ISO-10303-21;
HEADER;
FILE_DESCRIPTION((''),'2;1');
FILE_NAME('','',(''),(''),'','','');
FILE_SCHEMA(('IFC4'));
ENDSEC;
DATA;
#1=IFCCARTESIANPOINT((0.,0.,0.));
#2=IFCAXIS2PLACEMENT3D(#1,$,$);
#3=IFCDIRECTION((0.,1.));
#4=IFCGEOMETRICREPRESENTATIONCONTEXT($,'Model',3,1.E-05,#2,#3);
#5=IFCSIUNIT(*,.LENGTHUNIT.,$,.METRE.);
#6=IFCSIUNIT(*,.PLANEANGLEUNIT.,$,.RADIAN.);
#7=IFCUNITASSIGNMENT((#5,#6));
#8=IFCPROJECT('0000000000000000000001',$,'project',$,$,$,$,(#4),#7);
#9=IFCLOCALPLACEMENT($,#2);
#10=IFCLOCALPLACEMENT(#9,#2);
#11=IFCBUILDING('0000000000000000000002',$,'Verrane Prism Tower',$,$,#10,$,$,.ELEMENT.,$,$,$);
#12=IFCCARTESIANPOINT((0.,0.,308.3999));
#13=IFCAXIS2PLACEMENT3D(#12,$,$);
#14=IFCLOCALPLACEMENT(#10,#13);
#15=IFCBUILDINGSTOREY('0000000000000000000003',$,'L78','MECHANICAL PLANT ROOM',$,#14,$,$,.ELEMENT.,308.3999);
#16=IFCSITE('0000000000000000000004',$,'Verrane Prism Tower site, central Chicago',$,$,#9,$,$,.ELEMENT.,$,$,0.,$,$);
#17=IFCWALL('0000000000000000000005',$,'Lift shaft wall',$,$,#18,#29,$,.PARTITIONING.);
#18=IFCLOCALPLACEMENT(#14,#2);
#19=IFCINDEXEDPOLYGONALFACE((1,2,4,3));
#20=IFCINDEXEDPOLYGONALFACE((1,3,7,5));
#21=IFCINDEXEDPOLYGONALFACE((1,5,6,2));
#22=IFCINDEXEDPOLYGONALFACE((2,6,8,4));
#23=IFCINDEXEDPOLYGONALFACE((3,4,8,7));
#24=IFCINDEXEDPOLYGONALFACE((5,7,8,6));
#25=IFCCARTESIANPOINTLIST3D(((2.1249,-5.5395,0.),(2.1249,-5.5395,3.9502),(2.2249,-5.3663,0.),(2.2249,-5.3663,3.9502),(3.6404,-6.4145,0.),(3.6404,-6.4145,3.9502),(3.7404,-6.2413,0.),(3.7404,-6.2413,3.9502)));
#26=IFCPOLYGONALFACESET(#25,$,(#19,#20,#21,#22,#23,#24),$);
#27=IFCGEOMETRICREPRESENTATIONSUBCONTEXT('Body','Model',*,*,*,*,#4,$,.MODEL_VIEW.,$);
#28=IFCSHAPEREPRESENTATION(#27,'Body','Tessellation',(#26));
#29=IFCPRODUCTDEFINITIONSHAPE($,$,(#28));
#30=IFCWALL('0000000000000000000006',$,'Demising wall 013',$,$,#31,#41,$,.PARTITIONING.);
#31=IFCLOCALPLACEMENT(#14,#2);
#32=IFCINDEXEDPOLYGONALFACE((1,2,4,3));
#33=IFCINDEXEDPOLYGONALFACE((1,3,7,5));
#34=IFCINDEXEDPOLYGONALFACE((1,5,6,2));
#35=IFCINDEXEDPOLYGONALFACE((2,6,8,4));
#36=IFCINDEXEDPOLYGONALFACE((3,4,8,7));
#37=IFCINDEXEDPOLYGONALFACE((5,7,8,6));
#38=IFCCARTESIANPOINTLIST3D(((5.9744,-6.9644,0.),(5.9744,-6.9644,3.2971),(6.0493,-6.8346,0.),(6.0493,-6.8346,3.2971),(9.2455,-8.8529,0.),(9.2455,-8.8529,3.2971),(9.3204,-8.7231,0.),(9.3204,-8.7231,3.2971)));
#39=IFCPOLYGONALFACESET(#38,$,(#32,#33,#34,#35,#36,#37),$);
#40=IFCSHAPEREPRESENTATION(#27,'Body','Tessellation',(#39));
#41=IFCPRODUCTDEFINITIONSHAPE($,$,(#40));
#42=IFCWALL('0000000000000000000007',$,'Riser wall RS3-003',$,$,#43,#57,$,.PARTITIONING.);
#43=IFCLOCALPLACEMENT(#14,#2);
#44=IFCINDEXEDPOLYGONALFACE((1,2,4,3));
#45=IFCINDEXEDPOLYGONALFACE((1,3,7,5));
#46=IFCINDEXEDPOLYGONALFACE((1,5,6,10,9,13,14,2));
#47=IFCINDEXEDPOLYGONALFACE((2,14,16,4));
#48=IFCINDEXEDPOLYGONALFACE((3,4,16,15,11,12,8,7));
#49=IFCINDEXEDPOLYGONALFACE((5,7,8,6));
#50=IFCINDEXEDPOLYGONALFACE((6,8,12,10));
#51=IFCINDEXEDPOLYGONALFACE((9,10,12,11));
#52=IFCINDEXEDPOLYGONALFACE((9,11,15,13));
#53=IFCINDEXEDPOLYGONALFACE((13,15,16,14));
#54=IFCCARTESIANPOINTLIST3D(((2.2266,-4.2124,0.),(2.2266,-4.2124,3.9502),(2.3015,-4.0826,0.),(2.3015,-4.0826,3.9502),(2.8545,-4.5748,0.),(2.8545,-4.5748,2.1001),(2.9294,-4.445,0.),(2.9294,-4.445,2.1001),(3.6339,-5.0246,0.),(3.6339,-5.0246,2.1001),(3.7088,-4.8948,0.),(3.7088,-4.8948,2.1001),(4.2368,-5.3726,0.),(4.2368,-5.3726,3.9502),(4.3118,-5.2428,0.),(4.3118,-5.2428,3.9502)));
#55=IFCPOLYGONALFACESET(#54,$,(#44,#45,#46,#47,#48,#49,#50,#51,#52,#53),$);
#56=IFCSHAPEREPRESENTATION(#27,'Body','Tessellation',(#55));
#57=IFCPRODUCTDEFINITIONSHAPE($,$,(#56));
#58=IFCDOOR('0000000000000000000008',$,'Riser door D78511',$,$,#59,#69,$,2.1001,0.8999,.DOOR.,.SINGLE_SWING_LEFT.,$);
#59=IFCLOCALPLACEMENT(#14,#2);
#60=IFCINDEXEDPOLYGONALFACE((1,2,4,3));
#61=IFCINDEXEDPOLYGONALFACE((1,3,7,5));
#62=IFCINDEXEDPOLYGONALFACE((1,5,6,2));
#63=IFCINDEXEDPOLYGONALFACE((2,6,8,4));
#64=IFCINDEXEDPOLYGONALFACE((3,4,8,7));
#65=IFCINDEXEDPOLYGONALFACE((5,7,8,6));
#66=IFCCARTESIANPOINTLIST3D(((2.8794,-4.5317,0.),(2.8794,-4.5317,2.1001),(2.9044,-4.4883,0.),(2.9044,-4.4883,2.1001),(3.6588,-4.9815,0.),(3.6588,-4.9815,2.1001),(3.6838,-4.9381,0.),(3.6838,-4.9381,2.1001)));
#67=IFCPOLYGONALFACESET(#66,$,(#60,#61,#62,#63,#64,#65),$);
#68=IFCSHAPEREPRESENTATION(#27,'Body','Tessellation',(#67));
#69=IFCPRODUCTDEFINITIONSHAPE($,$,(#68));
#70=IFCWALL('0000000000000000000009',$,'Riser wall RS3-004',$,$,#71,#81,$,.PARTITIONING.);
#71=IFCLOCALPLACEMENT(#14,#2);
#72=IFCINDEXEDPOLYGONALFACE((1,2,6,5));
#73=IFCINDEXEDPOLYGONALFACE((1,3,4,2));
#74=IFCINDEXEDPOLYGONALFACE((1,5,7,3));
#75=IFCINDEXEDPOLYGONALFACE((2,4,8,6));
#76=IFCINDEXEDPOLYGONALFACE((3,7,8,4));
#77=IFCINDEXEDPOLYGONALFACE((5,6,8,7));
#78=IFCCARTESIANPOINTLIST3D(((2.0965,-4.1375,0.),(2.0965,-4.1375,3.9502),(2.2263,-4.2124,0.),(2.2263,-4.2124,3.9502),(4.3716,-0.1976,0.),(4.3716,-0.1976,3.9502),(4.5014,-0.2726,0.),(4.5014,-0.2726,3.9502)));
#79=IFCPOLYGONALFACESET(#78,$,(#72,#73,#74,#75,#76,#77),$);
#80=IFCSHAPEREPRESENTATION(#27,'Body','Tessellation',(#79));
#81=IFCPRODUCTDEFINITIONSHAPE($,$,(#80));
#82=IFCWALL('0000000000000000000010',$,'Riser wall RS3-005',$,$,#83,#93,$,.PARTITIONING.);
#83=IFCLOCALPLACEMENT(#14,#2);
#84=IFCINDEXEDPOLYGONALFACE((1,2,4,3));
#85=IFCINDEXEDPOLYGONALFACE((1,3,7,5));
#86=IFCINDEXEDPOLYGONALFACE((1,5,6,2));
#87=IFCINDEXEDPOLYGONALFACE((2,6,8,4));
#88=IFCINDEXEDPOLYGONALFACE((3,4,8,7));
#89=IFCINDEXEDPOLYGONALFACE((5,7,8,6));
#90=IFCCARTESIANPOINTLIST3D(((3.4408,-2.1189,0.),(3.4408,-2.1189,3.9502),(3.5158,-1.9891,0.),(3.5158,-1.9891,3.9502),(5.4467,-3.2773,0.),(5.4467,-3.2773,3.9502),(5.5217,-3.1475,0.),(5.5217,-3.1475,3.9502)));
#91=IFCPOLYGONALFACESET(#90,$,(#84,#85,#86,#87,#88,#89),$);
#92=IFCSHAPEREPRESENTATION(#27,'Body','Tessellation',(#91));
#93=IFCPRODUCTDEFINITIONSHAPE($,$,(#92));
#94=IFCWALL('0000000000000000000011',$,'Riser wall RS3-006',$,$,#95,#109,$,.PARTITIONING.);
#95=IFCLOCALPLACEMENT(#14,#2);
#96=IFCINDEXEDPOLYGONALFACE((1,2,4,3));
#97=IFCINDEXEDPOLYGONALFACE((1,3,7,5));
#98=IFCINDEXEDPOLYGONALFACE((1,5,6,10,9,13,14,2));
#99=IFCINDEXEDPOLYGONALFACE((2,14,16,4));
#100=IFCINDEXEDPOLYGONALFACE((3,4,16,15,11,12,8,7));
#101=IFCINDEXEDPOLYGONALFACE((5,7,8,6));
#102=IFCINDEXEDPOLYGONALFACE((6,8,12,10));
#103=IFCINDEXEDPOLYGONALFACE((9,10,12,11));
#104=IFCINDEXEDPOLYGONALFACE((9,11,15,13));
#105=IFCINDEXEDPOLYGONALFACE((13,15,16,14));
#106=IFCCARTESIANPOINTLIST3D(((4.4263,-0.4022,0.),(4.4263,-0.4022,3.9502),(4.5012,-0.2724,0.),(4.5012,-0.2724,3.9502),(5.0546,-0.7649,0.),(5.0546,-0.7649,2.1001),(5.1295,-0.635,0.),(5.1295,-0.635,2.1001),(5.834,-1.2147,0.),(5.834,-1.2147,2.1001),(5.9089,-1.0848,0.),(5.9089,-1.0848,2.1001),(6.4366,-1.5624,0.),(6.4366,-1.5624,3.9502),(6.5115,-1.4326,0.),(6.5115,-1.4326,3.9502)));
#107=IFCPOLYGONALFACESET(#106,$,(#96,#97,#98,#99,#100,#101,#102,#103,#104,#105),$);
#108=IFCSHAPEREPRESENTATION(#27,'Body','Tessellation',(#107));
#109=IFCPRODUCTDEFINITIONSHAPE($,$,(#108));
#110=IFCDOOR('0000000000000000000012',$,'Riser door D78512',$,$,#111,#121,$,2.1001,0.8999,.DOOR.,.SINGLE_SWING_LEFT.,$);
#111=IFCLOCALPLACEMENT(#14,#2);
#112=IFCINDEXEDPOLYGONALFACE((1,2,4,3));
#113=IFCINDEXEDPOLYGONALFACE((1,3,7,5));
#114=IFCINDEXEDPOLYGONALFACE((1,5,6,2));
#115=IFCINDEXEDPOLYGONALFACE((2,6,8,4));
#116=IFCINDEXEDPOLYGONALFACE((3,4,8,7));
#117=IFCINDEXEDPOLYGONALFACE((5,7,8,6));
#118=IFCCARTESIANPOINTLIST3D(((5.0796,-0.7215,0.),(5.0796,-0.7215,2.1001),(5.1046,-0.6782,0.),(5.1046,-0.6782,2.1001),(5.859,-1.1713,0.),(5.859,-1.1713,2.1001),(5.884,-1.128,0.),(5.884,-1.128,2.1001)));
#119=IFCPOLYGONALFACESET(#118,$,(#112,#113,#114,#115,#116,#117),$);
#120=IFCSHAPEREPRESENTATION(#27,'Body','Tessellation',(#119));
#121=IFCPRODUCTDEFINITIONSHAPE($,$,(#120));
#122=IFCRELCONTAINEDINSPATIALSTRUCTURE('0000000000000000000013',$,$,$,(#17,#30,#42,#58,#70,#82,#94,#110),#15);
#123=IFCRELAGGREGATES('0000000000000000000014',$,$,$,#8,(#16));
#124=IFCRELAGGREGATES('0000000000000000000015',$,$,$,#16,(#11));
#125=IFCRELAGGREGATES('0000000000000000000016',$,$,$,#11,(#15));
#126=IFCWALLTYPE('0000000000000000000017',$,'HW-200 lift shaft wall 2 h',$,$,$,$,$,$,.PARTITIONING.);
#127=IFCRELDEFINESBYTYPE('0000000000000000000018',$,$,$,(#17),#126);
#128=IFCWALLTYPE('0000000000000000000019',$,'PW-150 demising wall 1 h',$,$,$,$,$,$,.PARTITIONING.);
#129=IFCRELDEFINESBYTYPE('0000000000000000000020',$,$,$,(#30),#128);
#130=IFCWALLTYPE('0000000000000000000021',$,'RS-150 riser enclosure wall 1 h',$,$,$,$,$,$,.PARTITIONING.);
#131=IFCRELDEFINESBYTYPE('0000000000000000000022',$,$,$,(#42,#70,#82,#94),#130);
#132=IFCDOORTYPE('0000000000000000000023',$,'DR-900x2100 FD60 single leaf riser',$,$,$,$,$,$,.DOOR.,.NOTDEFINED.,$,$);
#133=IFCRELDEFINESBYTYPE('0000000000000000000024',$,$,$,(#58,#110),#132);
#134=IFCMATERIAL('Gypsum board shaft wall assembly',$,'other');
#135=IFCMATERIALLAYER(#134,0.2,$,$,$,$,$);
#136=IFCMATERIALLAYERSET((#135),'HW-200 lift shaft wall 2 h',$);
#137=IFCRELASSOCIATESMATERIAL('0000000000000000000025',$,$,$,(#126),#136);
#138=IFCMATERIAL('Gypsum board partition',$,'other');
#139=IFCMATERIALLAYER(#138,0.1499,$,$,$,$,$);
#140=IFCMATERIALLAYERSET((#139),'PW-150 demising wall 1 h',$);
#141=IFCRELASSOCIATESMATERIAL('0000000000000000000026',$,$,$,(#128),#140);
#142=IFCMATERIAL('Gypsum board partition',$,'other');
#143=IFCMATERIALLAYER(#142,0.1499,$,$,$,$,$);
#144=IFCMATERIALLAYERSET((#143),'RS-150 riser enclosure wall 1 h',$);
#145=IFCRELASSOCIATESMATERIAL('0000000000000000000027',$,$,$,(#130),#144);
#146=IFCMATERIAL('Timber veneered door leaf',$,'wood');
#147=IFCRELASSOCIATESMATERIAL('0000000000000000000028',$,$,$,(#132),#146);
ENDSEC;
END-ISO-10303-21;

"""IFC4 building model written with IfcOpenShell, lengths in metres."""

from ifc_helpers import new_model, si_unit, direction, frame, frame_2d, origin, place, context, subcontext, project, spatial, rectangle, extrude, material, layer, layer_set, type_object, element, fill, save


model = new_model("IFC4")

# Units and contexts
model_context = context("Model", 3, precision=1e-05, world=origin(), true_north=direction((0.0, 1.0)))
body_context = subcontext(model_context, "Body", "Model", "MODEL_VIEW")
ifc_project = project(units=[si_unit("LENGTHUNIT", "METRE"), si_unit("PLANEANGLEUNIT", "RADIAN")], contexts=[model_context])

# Site, building, storey
site_placement = place(None, origin())
site = spatial("IfcSite", under=ifc_project, at=site_placement, Name="Verrane Prism Tower site, central Chicago", CompositionType="ELEMENT", RefElevation=0.0)
building_placement = place(site_placement, origin())
building = spatial("IfcBuilding", under=site, at=building_placement, Name="Verrane Prism Tower", CompositionType="ELEMENT")
storey_placement = place(building_placement, frame((0.0, 0.0, 308.3999)))
storey = spatial("IfcBuildingStorey", under=building, at=storey_placement, Name="L78", Description="MECHANICAL PLANT ROOM", CompositionType="ELEMENT", Elevation=308.3999)

# Walls
ifc_material_1 = material(Name="Gypsum board shaft wall assembly", Category="other")
ifc_layer_1 = layer(ifc_material_1, 0.2)
ifc_layer_set_1 = layer_set([ifc_layer_1], Name="HW-200 lift shaft wall 2 h")
wall_type_1 = type_object("IfcWallType", Name="HW-200 lift shaft wall 2 h", PredefinedType="PARTITIONING", material=ifc_layer_set_1)
wall_1_placement = place(storey_placement, frame((3.6904, -6.3279, 0.0), z_axis=(0.0, 0.0, 1.0), x_axis=(-0.866037, 0.49998, 0.0)))
element("IfcWall", 1, at=wall_1_placement, inside=storey, type_object=wall_type_1, Name="Lift shaft wall", PredefinedType="PARTITIONING", context=body_context, shape_type="SweptSolid", body=[
    extrude(rectangle(XDim=1.75, YDim=0.2, at=frame_2d((0.875, 0.0))), origin(), (0.0, 0.0, 1.0), 3.9502),
])
ifc_material_2 = material(Name="Gypsum board partition", Category="other")
ifc_layer_2 = layer(ifc_material_2, 0.1499)
ifc_layer_set_2 = layer_set([ifc_layer_2], Name="PW-150 demising wall 1 h")
wall_type_2 = type_object("IfcWallType", Name="PW-150 demising wall 1 h", PredefinedType="PARTITIONING", material=ifc_layer_set_2)
wall_2_placement = place(storey_placement, frame((6.0117, -6.8994, 0.0), z_axis=(0.0, 0.0, 1.0), x_axis=(0.866035, -0.499984, 0.0)))
element("IfcWall", 2, at=wall_2_placement, inside=storey, type_object=wall_type_2, Name="Demising wall 013", PredefinedType="PARTITIONING", context=body_context, shape_type="SweptSolid", body=[
    extrude(rectangle(XDim=3.7771, YDim=0.1499, at=frame_2d((1.8887, 0.0))), origin(), (0.0, 0.0, 1.0), 3.2971),
])

# Wall, opening, door
ifc_material_3 = material(Name="Gypsum board partition", Category="other")
ifc_layer_3 = layer(ifc_material_3, 0.1499)
ifc_layer_set_3 = layer_set([ifc_layer_3], Name="RS-150 riser enclosure wall 1 h")
wall_type_3 = type_object("IfcWallType", Name="RS-150 riser enclosure wall 1 h", PredefinedType="PARTITIONING", material=ifc_layer_set_3)
wall_3_placement = place(storey_placement, frame((2.2639, -4.1475, 0.0), z_axis=(0.0, 0.0, 1.0), x_axis=(0.866112, -0.49985, 0.0)))
wall_3 = element("IfcWall", 3, at=wall_3_placement, inside=storey, type_object=wall_type_3, Name="Riser wall RS3-003", PredefinedType="PARTITIONING", context=body_context, shape_type="SweptSolid", body=[
    extrude(rectangle(XDim=2.321, YDim=0.1499, at=frame_2d((1.1606, 0.0))), origin(), (0.0, 0.0, 1.0), 3.9502),
])
opening_1_placement = place(wall_3_placement, frame((0.7251, 0.0, 0.0)))
opening_1 = element("IfcOpeningElement", 4, at=opening_1_placement, cuts=wall_3, PredefinedType="OPENING", context=body_context, shape_type="SweptSolid", body=[
    extrude(rectangle(XDim=0.8999, YDim=2.1001, at=frame_2d((0.45, 1.05))), frame((0.0, 0.085, 0.0), z_axis=(0.0, -1.0, 0.0), x_axis=(1.0, 0.0, 0.0)), (0.0, 0.0, 1.0), 0.1699),
])
ifc_material_4 = material(Name="Timber veneered door leaf", Category="wood")
door_type = type_object("IfcDoorType", Name="DR-900x2100 FD60 single leaf riser", OperationType="NOTDEFINED", PredefinedType="DOOR", material=ifc_material_4)
door_1_placement = place(opening_1_placement, origin())
door_1 = element("IfcDoor", 5, at=door_1_placement, inside=storey, type_object=door_type, Name="Riser door D78511", OperationType="SINGLE_SWING_LEFT", OverallHeight=2.1001, OverallWidth=0.8999, PredefinedType="DOOR", context=body_context, shape_type="SweptSolid", body=[
    extrude(rectangle(XDim=0.8999, YDim=2.1001, at=frame_2d((0.45, 1.05))), frame((0.0, 0.0249, 0.0), z_axis=(0.0, -1.0, 0.0), x_axis=(1.0, 0.0, 0.0)), (0.0, 0.0, 1.0), 0.05),
])
fill(opening_1, door_1)

# Walls
wall_4_placement = place(storey_placement, frame((2.1614, -4.175, 0.0), z_axis=(0.0, 0.0, 1.0), x_axis=(0.500069, 0.865985, 0.0)))
element("IfcWall", 6, at=wall_4_placement, inside=storey, type_object=wall_type_3, Name="Riser wall RS3-004", PredefinedType="PARTITIONING", context=body_context, shape_type="SweptSolid", body=[
    extrude(rectangle(XDim=4.5496, YDim=0.1499, at=frame_2d((2.2749, 0.0))), origin(), (0.0, 0.0, 1.0), 3.9502),
])
wall_5_placement = place(storey_placement, frame((3.4783, -2.054, 0.0), z_axis=(0.0, 0.0, 1.0), x_axis=(0.865957, -0.500118, 0.0)))
element("IfcWall", 7, at=wall_5_placement, inside=storey, type_object=wall_type_3, Name="Riser wall RS3-005", PredefinedType="PARTITIONING", context=body_context, shape_type="SweptSolid", body=[
    extrude(rectangle(XDim=2.3164, YDim=0.1499, at=frame_2d((1.1582, 0.0))), origin(), (0.0, 0.0, 1.0), 3.9502),
])

# Wall, opening, door
wall_6_placement = place(storey_placement, frame((6.4741, -1.4976, 0.0), z_axis=(0.0, 0.0, 1.0), x_axis=(-0.866112, 0.49985, 0.0)))
wall_6 = element("IfcWall", 8, at=wall_6_placement, inside=storey, type_object=wall_type_3, Name="Riser wall RS3-006", PredefinedType="PARTITIONING", context=body_context, shape_type="SweptSolid", body=[
    extrude(rectangle(XDim=2.321, YDim=0.1499, at=frame_2d((1.1606, 0.0))), origin(), (0.0, 0.0, 1.0), 3.9502),
])
opening_2_placement = place(wall_6_placement, frame((0.6958, 0.0, 0.0)))
opening_2 = element("IfcOpeningElement", 9, at=opening_2_placement, cuts=wall_6, PredefinedType="OPENING", context=body_context, shape_type="SweptSolid", body=[
    extrude(rectangle(XDim=0.8999, YDim=2.1001, at=frame_2d((0.45, 1.05))), frame((0.0, 0.085, 0.0), z_axis=(0.0, -1.0, 0.0), x_axis=(1.0, 0.0, 0.0)), (0.0, 0.0, 1.0), 0.1699),
])
door_2_placement = place(opening_2_placement, origin())
door_2 = element("IfcDoor", 10, at=door_2_placement, inside=storey, type_object=door_type, Name="Riser door D78512", OperationType="SINGLE_SWING_LEFT", OverallHeight=2.1001, OverallWidth=0.8999, PredefinedType="DOOR", context=body_context, shape_type="SweptSolid", body=[
    extrude(rectangle(XDim=0.8999, YDim=2.1001, at=frame_2d((0.45, 1.05))), frame((0.0, 0.0249, 0.0), z_axis=(0.0, -1.0, 0.0), x_axis=(1.0, 0.0, 0.0)), (0.0, 0.0, 1.0), 0.05),
])
fill(opening_2, door_2)

save(model, "model.ifc")
